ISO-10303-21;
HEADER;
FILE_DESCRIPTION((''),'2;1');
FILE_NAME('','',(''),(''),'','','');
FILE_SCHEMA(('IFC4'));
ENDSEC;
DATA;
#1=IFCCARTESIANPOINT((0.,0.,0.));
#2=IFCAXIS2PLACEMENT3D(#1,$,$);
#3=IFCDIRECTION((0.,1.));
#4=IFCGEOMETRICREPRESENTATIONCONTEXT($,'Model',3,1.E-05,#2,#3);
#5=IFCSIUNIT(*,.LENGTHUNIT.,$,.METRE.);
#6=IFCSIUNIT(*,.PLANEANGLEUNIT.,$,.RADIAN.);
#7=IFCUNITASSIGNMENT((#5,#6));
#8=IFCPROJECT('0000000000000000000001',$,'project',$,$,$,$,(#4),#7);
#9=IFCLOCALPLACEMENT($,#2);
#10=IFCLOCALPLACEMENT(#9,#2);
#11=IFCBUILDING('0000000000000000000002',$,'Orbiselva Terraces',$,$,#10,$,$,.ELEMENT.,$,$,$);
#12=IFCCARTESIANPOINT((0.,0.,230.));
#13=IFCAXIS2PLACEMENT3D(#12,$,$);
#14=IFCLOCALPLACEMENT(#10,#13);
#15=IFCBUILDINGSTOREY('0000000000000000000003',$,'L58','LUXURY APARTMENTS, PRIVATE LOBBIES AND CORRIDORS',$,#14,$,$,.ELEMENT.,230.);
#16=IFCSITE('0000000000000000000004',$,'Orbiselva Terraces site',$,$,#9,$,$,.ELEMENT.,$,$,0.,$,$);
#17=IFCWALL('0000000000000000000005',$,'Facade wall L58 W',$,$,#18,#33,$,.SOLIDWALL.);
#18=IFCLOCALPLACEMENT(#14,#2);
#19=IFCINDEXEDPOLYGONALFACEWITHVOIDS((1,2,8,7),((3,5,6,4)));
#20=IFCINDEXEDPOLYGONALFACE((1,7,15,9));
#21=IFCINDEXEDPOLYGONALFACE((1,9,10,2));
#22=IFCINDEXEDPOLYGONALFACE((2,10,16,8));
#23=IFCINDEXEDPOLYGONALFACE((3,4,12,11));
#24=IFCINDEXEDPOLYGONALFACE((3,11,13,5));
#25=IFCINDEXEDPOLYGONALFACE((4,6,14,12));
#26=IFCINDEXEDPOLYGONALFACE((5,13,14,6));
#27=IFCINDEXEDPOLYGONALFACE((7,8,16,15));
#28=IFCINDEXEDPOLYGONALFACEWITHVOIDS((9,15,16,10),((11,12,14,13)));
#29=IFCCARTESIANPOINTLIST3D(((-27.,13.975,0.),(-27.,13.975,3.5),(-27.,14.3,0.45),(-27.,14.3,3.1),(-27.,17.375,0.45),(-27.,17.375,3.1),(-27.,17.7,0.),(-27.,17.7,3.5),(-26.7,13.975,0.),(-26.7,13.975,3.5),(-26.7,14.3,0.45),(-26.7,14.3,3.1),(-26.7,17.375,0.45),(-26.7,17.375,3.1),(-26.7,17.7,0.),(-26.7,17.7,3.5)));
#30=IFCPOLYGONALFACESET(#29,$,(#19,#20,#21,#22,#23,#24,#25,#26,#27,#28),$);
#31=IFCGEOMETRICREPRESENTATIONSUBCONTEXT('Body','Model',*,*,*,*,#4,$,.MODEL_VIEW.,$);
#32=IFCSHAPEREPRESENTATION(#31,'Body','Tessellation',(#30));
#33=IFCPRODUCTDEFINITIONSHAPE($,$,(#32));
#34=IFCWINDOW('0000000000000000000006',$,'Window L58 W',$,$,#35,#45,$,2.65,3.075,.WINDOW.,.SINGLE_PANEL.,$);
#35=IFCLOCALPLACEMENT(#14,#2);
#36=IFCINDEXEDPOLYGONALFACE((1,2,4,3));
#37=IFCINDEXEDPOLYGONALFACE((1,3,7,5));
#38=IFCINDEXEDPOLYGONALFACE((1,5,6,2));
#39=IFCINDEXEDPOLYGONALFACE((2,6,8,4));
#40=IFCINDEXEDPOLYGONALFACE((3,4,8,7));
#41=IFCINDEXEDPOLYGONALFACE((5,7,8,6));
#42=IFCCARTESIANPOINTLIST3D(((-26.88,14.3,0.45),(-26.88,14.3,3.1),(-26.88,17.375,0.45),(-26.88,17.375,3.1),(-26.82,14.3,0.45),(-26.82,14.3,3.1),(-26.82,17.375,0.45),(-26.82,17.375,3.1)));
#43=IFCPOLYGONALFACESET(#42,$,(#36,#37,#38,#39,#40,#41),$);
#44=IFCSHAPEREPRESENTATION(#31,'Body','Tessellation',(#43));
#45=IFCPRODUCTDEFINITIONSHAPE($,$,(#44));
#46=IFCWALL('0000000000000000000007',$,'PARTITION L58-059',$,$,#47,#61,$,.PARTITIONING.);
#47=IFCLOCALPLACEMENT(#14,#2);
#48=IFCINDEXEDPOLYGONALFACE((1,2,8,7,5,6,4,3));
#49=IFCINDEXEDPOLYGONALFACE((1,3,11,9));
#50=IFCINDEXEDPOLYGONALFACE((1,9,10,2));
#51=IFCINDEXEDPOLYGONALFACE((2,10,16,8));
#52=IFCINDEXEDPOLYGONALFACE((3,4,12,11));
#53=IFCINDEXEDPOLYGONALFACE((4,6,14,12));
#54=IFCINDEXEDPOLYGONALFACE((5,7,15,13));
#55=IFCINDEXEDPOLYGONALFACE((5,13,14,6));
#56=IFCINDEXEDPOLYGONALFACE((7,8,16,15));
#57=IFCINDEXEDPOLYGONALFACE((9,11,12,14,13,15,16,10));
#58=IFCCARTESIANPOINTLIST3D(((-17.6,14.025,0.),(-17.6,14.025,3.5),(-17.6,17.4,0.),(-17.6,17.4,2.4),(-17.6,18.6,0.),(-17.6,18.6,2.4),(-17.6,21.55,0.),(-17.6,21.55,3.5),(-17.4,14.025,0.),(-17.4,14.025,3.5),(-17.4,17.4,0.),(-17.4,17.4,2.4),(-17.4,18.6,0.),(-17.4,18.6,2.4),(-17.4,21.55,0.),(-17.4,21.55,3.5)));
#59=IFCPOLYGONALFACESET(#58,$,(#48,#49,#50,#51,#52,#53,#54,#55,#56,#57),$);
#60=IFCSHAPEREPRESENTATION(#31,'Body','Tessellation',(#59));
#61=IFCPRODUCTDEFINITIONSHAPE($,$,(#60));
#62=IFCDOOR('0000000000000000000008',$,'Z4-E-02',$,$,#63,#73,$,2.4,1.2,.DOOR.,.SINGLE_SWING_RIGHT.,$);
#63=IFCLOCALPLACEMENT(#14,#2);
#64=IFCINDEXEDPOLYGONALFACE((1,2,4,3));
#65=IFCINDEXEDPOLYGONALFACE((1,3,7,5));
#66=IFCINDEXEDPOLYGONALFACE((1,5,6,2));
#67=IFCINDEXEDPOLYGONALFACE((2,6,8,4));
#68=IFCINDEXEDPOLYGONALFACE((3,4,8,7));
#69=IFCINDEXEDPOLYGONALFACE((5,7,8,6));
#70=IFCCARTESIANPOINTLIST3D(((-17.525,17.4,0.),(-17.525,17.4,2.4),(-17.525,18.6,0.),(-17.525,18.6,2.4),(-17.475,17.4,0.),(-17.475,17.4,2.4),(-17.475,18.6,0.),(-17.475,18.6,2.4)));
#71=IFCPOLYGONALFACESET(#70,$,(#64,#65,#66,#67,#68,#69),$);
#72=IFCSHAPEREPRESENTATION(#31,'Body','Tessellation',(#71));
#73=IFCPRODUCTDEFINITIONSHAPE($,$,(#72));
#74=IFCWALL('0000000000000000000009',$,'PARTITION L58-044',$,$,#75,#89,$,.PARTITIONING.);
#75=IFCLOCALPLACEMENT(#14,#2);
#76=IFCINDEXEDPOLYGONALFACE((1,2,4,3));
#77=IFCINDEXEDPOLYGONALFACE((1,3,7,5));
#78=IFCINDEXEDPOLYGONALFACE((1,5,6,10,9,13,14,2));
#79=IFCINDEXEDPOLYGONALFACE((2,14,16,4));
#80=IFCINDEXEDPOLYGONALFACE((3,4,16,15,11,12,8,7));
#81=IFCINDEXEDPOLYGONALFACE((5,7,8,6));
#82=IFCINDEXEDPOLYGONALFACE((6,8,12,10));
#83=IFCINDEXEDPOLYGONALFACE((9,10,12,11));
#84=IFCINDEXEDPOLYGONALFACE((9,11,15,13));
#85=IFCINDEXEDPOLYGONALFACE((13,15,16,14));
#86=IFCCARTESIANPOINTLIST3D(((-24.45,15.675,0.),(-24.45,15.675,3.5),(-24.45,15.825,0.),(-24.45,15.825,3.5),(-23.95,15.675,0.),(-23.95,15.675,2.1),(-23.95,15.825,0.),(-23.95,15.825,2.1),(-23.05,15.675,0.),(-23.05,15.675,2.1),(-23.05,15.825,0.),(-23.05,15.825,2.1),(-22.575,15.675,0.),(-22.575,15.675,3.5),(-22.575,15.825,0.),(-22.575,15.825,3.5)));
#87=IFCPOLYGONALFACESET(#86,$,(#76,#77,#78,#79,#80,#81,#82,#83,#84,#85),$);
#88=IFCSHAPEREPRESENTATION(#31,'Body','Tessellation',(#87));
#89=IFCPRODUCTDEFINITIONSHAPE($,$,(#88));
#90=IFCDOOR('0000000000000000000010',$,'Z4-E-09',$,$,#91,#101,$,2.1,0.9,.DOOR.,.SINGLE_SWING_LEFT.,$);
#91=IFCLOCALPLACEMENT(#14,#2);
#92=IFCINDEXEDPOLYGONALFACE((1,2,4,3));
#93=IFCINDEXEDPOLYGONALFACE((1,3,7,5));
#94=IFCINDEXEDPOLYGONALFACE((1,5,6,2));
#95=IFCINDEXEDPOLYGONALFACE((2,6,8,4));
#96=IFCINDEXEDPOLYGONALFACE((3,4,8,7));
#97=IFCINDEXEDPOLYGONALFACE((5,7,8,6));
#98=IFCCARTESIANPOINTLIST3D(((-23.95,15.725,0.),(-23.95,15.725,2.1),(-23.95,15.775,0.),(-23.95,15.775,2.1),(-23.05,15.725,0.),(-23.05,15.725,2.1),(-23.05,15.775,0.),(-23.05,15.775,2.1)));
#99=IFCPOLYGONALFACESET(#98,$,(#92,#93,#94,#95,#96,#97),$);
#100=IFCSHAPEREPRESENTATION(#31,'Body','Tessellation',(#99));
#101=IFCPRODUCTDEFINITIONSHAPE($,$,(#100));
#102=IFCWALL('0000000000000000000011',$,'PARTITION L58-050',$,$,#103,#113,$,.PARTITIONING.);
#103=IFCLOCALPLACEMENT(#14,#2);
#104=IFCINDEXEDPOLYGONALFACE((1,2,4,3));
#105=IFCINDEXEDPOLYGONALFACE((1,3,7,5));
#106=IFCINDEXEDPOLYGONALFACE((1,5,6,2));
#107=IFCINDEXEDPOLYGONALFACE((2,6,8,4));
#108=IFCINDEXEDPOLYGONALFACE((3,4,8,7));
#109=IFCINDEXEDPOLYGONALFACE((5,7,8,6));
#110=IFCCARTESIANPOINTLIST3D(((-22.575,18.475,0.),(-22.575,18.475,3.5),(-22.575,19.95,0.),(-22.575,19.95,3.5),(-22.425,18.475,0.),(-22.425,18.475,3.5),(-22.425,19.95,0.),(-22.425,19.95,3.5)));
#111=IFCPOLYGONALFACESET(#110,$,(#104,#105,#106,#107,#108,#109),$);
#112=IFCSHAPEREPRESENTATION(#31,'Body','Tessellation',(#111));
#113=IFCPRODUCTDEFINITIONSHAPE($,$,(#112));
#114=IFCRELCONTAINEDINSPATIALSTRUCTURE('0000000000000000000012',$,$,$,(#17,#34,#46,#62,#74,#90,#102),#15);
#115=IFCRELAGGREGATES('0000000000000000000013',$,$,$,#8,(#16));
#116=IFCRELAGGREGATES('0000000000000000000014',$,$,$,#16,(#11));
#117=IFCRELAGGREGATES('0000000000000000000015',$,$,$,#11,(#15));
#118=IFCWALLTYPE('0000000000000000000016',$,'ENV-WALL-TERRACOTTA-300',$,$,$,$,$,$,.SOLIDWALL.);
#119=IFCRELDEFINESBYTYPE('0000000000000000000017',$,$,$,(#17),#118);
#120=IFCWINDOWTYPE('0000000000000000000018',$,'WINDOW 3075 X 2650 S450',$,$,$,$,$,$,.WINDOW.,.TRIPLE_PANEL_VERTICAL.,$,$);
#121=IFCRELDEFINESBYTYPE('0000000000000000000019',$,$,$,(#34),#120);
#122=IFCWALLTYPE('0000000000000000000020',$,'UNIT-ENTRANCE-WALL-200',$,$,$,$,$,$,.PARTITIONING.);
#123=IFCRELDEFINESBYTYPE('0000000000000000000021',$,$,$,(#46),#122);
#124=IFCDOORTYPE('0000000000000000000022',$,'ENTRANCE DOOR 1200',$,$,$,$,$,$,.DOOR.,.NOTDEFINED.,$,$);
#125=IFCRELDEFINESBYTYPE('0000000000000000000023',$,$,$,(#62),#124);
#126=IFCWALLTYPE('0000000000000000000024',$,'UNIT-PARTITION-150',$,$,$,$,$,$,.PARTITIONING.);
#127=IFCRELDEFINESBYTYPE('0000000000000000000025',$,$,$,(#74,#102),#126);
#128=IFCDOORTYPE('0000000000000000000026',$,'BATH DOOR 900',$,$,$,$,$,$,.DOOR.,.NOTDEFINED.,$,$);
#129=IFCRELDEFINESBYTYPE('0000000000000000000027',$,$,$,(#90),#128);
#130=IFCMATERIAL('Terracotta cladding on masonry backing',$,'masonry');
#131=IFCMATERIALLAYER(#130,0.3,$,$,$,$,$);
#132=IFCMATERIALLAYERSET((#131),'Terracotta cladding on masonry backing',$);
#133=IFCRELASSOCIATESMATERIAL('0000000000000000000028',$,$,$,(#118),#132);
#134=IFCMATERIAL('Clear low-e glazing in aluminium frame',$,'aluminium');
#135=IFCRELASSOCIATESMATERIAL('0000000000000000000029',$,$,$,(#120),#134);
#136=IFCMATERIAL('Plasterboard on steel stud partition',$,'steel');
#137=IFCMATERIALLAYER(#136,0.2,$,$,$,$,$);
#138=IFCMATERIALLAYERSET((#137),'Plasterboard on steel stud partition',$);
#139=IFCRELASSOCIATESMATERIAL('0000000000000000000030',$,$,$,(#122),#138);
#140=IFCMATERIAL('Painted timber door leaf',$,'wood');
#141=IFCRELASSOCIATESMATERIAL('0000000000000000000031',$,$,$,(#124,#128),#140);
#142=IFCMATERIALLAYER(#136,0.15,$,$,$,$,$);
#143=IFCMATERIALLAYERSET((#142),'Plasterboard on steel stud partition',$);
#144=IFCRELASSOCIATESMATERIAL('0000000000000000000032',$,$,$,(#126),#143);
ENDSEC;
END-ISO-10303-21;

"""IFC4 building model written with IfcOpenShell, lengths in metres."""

from ifc_helpers import new_model, si_unit, direction, frame, frame_2d, origin, place, context, subcontext, project, spatial, rectangle, extrude, material, layer, layer_set, type_object, element, fill, save


model = new_model("IFC4")

# Units and contexts
model_context = context("Model", 3, precision=1e-05, world=origin(), true_north=direction((0.0, 1.0)))
body_context = subcontext(model_context, "Body", "Model", "MODEL_VIEW")
ifc_project = project(units=[si_unit("LENGTHUNIT", "METRE"), si_unit("PLANEANGLEUNIT", "RADIAN")], contexts=[model_context])

# Site, building, storey
site_placement = place(None, origin())
site = spatial("IfcSite", under=ifc_project, at=site_placement, Name="Orbiselva Terraces site", CompositionType="ELEMENT", RefElevation=0.0)
building_placement = place(site_placement, origin())
building = spatial("IfcBuilding", under=site, at=building_placement, Name="Orbiselva Terraces", CompositionType="ELEMENT")
storey_placement = place(building_placement, frame((0.0, 0.0, 230.0)))
storey = spatial("IfcBuildingStorey", under=building, at=storey_placement, Name="L58", Description="LUXURY APARTMENTS, PRIVATE LOBBIES AND CORRIDORS", CompositionType="ELEMENT", Elevation=230.0)

# Shared definitions
ifc_material_1 = material(Name="Terracotta cladding on masonry backing", Category="masonry")
ifc_layer_1 = layer(ifc_material_1, 0.3)
ifc_layer_set_1 = layer_set([ifc_layer_1], Name="Terracotta cladding on masonry backing")
wall_type_1 = type_object("IfcWallType", Name="ENV-WALL-TERRACOTTA-300", PredefinedType="SOLIDWALL", material=ifc_layer_set_1)
ifc_material_2 = material(Name="Clear low-e glazing in aluminium frame", Category="aluminium")
window_type = type_object("IfcWindowType", Name="WINDOW 3075 X 2650 S450", PartitioningType="TRIPLE_PANEL_VERTICAL", PredefinedType="WINDOW", material=ifc_material_2)

# Wall, opening, window
wall_1_placement = place(storey_placement, frame((-26.85, 13.975, 0.0), z_axis=(0.0, 0.0, 1.0), x_axis=(0.0, 1.0, 0.0)))
wall_1 = element("IfcWall", 1, at=wall_1_placement, inside=storey, type_object=wall_type_1, Name="Facade wall L58 W", PredefinedType="SOLIDWALL", context=body_context, shape_type="SweptSolid", body=[
    extrude(rectangle(XDim=3.725, YDim=0.3, at=frame_2d((1.8625, 0.0))), origin(), (0.0, 0.0, 1.0), 3.5),
])
opening_1_placement = place(wall_1_placement, frame((0.325, 0.0, 0.45)))
opening_1 = element("IfcOpeningElement", 2, at=opening_1_placement, cuts=wall_1, PredefinedType="OPENING", context=body_context, shape_type="SweptSolid", body=[
    extrude(rectangle(XDim=3.075, YDim=2.65, at=frame_2d((1.5375, 1.325))), frame((0.0, 0.16, 0.0), z_axis=(0.0, -1.0, 0.0), x_axis=(1.0, 0.0, 0.0)), (0.0, 0.0, 1.0), 0.32),
])
window_1_placement = place(opening_1_placement, origin())
window_1 = element("IfcWindow", 3, at=window_1_placement, inside=storey, type_object=window_type, Name="Window L58 W", OverallHeight=2.65, OverallWidth=3.075, PartitioningType="SINGLE_PANEL", PredefinedType="WINDOW", context=body_context, shape_type="SweptSolid", body=[
    extrude(rectangle(XDim=3.075, YDim=2.65, at=frame_2d((1.5375, 1.325))), frame((0.0, 0.03, 0.0), z_axis=(0.0, -1.0, 0.0), x_axis=(1.0, 0.0, 0.0)), (0.0, 0.0, 1.0), 0.06),
])
fill(opening_1, window_1)

# Walls, openings, doors
ifc_material_3 = material(Name="Plasterboard on steel stud partition", Category="steel")
ifc_layer_2 = layer(ifc_material_3, 0.2)
ifc_layer_set_2 = layer_set([ifc_layer_2], Name="Plasterboard on steel stud partition")
wall_type_2 = type_object("IfcWallType", Name="UNIT-ENTRANCE-WALL-200", PredefinedType="PARTITIONING", material=ifc_layer_set_2)
wall_2_placement = place(storey_placement, frame((-17.5, 14.025, 0.0), z_axis=(0.0, 0.0, 1.0), x_axis=(0.0, 1.0, 0.0)))
wall_2 = element("IfcWall", 4, at=wall_2_placement, inside=storey, type_object=wall_type_2, Name="PARTITION L58-059", PredefinedType="PARTITIONING", context=body_context, shape_type="SweptSolid", body=[
    extrude(rectangle(XDim=7.525, YDim=0.2, at=frame_2d((3.7625, 0.0))), origin(), (0.0, 0.0, 1.0), 3.5),
])
opening_2_placement = place(wall_2_placement, frame((3.375, 0.0, 0.0)))
opening_2 = element("IfcOpeningElement", 5, at=opening_2_placement, cuts=wall_2, PredefinedType="OPENING", context=body_context, shape_type="SweptSolid", body=[
    extrude(rectangle(XDim=1.2, YDim=2.4, at=frame_2d((0.6, 1.2))), frame((0.0, 0.11, 0.0), z_axis=(0.0, -1.0, 0.0), x_axis=(1.0, 0.0, 0.0)), (0.0, 0.0, 1.0), 0.22),
])
ifc_material_4 = material(Name="Painted timber door leaf", Category="wood")
door_type_1 = type_object("IfcDoorType", Name="ENTRANCE DOOR 1200", OperationType="NOTDEFINED", PredefinedType="DOOR", material=ifc_material_4)
door_1_placement = place(opening_2_placement, origin())
door_1 = element("IfcDoor", 6, at=door_1_placement, inside=storey, type_object=door_type_1, Name="Z4-E-02", OperationType="SINGLE_SWING_RIGHT", OverallHeight=2.4, OverallWidth=1.2, PredefinedType="DOOR", context=body_context, shape_type="SweptSolid", body=[
    extrude(rectangle(XDim=1.2, YDim=2.4, at=frame_2d((0.6, 1.2))), frame((0.0, 0.025, 0.0), z_axis=(0.0, -1.0, 0.0), x_axis=(1.0, 0.0, 0.0)), (0.0, 0.0, 1.0), 0.05),
])
fill(opening_2, door_1)
ifc_layer_3 = layer(ifc_material_3, 0.15)
ifc_layer_set_3 = layer_set([ifc_layer_3], Name="Plasterboard on steel stud partition")
wall_type_3 = type_object("IfcWallType", Name="UNIT-PARTITION-150", PredefinedType="PARTITIONING", material=ifc_layer_set_3)
wall_3_placement = place(storey_placement, frame((-22.575, 15.75, 0.0), z_axis=(0.0, 0.0, 1.0), x_axis=(-1.0, 0.0, 0.0)))
wall_3 = element("IfcWall", 7, at=wall_3_placement, inside=storey, type_object=wall_type_3, Name="PARTITION L58-044", PredefinedType="PARTITIONING", context=body_context, shape_type="SweptSolid", body=[
    extrude(rectangle(XDim=1.875, YDim=0.15, at=frame_2d((0.9375, 0.0))), origin(), (0.0, 0.0, 1.0), 3.5),
])
opening_3_placement = place(wall_3_placement, frame((0.475, 0.0, 0.0)))
opening_3 = element("IfcOpeningElement", 8, at=opening_3_placement, cuts=wall_3, PredefinedType="OPENING", context=body_context, shape_type="SweptSolid", body=[
    extrude(rectangle(XDim=0.9, YDim=2.1, at=frame_2d((0.45, 1.05))), frame((0.0, 0.085, 0.0), z_axis=(0.0, -1.0, 0.0), x_axis=(1.0, 0.0, 0.0)), (0.0, 0.0, 1.0), 0.17),
])
door_type_2 = type_object("IfcDoorType", Name="BATH DOOR 900", OperationType="NOTDEFINED", PredefinedType="DOOR", material=ifc_material_4)
door_2_placement = place(opening_3_placement, origin())
door_2 = element("IfcDoor", 9, at=door_2_placement, inside=storey, type_object=door_type_2, Name="Z4-E-09", OperationType="SINGLE_SWING_LEFT", OverallHeight=2.1, OverallWidth=0.9, PredefinedType="DOOR", context=body_context, shape_type="SweptSolid", body=[
    extrude(rectangle(XDim=0.9, YDim=2.1, at=frame_2d((0.45, 1.05))), frame((0.0, 0.025, 0.0), z_axis=(0.0, -1.0, 0.0), x_axis=(1.0, 0.0, 0.0)), (0.0, 0.0, 1.0), 0.05),
])
fill(opening_3, door_2)

# Wall
wall_4_placement = place(storey_placement, frame((-22.5, 18.475, 0.0), z_axis=(0.0, 0.0, 1.0), x_axis=(0.0, 1.0, 0.0)))
element("IfcWall", 10, at=wall_4_placement, inside=storey, type_object=wall_type_3, Name="PARTITION L58-050", PredefinedType="PARTITIONING", context=body_context, shape_type="SweptSolid", body=[
    extrude(rectangle(XDim=1.475, YDim=0.15, at=frame_2d((0.7375, 0.0))), origin(), (0.0, 0.0, 1.0), 3.5),
])

save(model, "model.ifc")
